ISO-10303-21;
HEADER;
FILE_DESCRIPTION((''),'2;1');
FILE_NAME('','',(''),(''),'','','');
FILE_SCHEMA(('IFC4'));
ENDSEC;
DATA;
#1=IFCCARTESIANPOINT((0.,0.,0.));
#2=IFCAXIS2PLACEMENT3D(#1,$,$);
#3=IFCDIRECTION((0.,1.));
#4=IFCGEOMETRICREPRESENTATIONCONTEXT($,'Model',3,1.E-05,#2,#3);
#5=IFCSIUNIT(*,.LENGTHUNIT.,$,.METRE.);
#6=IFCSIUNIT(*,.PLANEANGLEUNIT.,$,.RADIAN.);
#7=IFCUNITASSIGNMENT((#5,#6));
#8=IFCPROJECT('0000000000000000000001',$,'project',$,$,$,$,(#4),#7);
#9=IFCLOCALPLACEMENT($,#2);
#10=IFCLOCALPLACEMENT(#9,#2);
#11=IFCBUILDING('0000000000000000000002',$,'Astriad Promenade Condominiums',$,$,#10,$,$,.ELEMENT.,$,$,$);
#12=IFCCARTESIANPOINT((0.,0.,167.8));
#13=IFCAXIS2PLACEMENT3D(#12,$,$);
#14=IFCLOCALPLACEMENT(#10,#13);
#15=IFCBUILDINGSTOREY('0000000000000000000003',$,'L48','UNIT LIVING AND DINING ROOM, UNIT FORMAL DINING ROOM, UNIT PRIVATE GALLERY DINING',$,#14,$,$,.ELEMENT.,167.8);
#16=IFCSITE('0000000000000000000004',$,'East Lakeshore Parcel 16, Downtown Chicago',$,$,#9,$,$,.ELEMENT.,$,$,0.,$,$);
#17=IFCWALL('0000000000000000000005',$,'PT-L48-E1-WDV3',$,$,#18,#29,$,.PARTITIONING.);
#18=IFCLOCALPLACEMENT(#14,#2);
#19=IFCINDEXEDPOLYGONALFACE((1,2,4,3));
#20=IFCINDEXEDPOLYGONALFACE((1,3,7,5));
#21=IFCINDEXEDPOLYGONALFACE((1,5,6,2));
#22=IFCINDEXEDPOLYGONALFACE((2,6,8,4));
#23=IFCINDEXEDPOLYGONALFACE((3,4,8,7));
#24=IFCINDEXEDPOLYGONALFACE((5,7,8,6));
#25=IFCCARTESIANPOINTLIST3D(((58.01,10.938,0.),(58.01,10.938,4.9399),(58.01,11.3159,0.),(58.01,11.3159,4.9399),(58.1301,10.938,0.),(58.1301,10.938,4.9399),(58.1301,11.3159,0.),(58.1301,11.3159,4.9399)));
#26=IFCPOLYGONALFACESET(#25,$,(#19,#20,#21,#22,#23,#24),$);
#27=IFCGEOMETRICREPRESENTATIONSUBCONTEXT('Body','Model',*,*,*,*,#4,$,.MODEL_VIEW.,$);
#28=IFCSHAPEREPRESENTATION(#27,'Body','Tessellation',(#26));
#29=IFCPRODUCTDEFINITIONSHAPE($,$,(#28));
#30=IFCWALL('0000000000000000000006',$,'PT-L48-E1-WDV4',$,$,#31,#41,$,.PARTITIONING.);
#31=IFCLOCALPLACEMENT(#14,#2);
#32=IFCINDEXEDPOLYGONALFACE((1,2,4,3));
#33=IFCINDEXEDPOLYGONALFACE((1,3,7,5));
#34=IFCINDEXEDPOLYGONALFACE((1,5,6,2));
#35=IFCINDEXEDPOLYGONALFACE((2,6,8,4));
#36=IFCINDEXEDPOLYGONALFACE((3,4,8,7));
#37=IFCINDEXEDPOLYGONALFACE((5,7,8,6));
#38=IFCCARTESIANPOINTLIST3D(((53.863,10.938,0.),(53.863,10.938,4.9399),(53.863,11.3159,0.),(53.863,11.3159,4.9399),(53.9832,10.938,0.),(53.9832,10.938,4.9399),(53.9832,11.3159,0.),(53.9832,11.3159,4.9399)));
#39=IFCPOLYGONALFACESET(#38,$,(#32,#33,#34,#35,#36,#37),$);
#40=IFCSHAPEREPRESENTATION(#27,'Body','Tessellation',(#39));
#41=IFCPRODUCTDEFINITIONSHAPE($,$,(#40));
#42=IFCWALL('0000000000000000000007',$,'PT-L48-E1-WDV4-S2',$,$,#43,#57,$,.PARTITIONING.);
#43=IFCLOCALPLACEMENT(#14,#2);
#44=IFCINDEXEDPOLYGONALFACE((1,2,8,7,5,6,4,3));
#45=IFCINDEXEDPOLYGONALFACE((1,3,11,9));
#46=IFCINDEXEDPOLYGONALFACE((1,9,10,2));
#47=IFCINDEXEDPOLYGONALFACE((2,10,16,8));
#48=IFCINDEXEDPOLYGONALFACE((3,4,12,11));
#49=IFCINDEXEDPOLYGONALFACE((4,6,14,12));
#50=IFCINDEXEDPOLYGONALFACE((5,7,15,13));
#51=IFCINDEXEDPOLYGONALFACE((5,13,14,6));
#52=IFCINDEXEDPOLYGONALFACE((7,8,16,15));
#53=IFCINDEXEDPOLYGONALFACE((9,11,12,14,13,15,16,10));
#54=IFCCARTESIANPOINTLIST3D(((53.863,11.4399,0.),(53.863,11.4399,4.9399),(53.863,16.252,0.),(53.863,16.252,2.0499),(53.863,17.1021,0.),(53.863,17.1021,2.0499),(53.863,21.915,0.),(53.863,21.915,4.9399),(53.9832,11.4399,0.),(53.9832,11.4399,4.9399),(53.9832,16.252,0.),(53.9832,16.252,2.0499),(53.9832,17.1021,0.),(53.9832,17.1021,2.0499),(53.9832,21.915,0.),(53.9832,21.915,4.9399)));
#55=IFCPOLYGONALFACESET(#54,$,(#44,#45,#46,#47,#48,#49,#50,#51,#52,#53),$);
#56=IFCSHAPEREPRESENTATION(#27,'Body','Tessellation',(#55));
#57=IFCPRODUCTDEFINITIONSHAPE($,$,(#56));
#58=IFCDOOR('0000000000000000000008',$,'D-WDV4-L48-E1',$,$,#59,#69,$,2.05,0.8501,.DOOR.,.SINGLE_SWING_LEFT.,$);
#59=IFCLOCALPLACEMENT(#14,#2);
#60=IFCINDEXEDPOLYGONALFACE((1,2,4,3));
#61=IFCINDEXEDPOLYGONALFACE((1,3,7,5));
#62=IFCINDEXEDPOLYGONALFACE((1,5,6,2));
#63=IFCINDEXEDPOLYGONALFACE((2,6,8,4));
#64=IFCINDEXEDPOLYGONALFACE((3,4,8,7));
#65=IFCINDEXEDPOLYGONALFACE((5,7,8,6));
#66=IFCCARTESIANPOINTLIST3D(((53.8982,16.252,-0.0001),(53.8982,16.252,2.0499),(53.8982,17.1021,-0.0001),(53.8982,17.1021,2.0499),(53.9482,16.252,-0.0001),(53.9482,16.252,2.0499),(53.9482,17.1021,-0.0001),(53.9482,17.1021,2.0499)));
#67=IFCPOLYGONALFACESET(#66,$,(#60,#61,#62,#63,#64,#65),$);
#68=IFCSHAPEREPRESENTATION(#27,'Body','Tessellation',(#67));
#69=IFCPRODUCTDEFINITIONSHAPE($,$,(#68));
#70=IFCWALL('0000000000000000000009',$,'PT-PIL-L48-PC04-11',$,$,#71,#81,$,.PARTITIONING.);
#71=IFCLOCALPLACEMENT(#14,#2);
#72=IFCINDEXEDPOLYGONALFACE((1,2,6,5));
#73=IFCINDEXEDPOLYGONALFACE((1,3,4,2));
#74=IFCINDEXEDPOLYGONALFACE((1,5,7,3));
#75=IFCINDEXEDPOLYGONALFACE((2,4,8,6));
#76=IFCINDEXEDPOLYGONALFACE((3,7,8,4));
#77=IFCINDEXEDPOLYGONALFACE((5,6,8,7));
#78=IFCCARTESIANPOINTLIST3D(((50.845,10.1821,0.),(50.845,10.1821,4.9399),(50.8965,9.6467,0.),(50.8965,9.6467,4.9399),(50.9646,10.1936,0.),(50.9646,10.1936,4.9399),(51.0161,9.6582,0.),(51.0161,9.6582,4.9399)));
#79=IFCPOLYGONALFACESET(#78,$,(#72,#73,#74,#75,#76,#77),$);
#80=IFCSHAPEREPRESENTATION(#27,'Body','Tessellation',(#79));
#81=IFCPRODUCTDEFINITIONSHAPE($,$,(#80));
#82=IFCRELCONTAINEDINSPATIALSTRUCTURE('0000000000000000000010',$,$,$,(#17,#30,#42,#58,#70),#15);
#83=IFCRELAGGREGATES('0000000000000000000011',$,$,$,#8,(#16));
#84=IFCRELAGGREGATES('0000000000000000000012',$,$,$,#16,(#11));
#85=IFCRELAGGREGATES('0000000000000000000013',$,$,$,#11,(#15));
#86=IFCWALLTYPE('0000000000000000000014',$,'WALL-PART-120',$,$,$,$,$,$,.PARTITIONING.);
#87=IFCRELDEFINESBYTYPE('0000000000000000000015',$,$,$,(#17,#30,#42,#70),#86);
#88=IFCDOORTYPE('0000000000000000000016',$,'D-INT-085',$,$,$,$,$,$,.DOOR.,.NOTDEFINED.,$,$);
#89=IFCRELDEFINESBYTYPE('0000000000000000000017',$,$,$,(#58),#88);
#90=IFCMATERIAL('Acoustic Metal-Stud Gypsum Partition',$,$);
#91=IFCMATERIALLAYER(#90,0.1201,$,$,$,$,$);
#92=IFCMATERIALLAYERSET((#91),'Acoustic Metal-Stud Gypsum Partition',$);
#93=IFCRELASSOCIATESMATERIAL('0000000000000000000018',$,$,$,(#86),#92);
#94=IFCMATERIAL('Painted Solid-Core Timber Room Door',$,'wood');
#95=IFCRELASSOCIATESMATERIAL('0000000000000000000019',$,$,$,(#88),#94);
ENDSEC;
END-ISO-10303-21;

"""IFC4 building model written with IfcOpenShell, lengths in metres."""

from ifc_helpers import new_model, si_unit, direction, frame, frame_2d, origin, place, context, subcontext, project, spatial, rectangle, extrude, source, transform, mapped, material, layer, layer_set, type_object, type_shapes, element, fill, save


model = new_model("IFC4")

# Units and contexts
model_context = context("Model", 3, precision=1e-05, world=origin(), true_north=direction((0.0, 1.0)))
body_context = subcontext(model_context, "Body", "Model", "MODEL_VIEW")
ifc_project = project(units=[si_unit("LENGTHUNIT", "METRE"), si_unit("PLANEANGLEUNIT", "RADIAN")], contexts=[model_context])

# Site, building, storey
site_placement = place(None, origin())
site = spatial("IfcSite", under=ifc_project, at=site_placement, Name="East Lakeshore Parcel 16, Downtown Chicago", CompositionType="ELEMENT", RefElevation=0.0)
building_placement = place(site_placement, origin())
building = spatial("IfcBuilding", under=site, at=building_placement, Name="Astriad Promenade Condominiums", CompositionType="ELEMENT")
storey_placement = place(building_placement, frame((0.0, 0.0, 167.8)))
storey = spatial("IfcBuildingStorey", under=building, at=storey_placement, Name="L48", Description="UNIT LIVING AND DINING ROOM, UNIT FORMAL DINING ROOM, UNIT PRIVATE GALLERY DINING", CompositionType="ELEMENT", Elevation=167.8)

# Walls
ifc_material_1 = material(Name="Acoustic Metal-Stud Gypsum Partition")
ifc_layer_1 = layer(ifc_material_1, 0.1201)
ifc_layer_set_1 = layer_set([ifc_layer_1], Name="Acoustic Metal-Stud Gypsum Partition")
wall_type_1 = type_object("IfcWallType", Name="WALL-PART-120", PredefinedType="PARTITIONING", material=ifc_layer_set_1)
for number, where, z_axis, x_axis, name in (
    (1, (58.0701, 10.938, 0.0), (0.0, 0.0, 1.0), (0.0, 1.0, 0.0), "PT-L48-E1-WDV3"),
    (2, (53.9231, 10.938, 0.0), (0.0, 0.0, 1.0), (0.0, 1.0, 0.0), "PT-L48-E1-WDV4"),
):
    element("IfcWall", number, at=place(storey_placement, frame(where, z_axis=z_axis, x_axis=x_axis)), inside=storey, type_object=wall_type_1, Name=name, PredefinedType="PARTITIONING", context=body_context, shape_type="SweptSolid", body=[
        extrude(rectangle(XDim=0.3779, YDim=0.1201, at=frame_2d((0.189, 0.0))), origin(), (0.0, 0.0, 1.0), 4.9399),
    ])

# Wall, opening, door
wall_1_placement = place(storey_placement, frame((53.9231, 11.4399, 0.0), z_axis=(0.0, 0.0, 1.0), x_axis=(0.0, 1.0, 0.0)))
wall_1 = element("IfcWall", 3, at=wall_1_placement, inside=storey, type_object=wall_type_1, Name="PT-L48-E1-WDV4-S2", PredefinedType="PARTITIONING", context=body_context, shape_type="SweptSolid", body=[
    extrude(rectangle(XDim=10.4751, YDim=0.1201, at=frame_2d((5.2375, 0.0))), origin(), (0.0, 0.0, 1.0), 4.9399),
])
opening_placement = place(wall_1_placement, frame((4.812, 0.0, 0.0)))
opening = element("IfcOpeningElement", 4, at=opening_placement, cuts=wall_1, PredefinedType="OPENING", context=body_context, shape_type="SweptSolid", body=[
    extrude(rectangle(XDim=0.8501, YDim=2.05, at=frame_2d((0.425, 1.0249))), frame((0.0, 0.0701, 0.0), z_axis=(0.0, -1.0, 0.0), x_axis=(1.0, 0.0, 0.0)), (0.0, 0.0, 1.0), 0.1401),
])
ifc_material_2 = material(Name="Painted Solid-Core Timber Room Door", Category="wood")
door_type = type_object("IfcDoorType", Name="D-INT-085", OperationType="NOTDEFINED", PredefinedType="DOOR", material=ifc_material_2)
shared_shape_1 = source(origin(), body_context, "Body", "SweptSolid", [
    extrude(rectangle(XDim=0.8501, YDim=2.05, at=frame_2d((0.425, 1.0249))), frame((0.0, 0.0249, 0.0), z_axis=(0.0, -1.0, 0.0), x_axis=(1.0, 0.0, 0.0)), (0.0, 0.0, 1.0), 0.05),
])
type_shapes(door_type, [shared_shape_1])
door_placement = place(opening_placement, origin())
door = element("IfcDoor", 5, at=door_placement, inside=storey, type_object=door_type, Name="D-WDV4-L48-E1", OperationType="SINGLE_SWING_LEFT", OverallHeight=2.05, OverallWidth=0.8501, PredefinedType="DOOR", context=body_context, shape_type="MappedRepresentation", body=[
    mapped(shared_shape_1, transform((0.0, 0.0, 0.0), scale=1.0)),
])
fill(opening, door)

# Wall
wall_2_placement = place(storey_placement, frame((50.9048, 10.188, 0.0), z_axis=(0.0, 0.0, 1.0), x_axis=(0.095773, -0.995403, 0.0)))
element("IfcWall", 6, at=wall_2_placement, inside=storey, type_object=wall_type_1, Name="PT-PIL-L48-PC04-11", PredefinedType="PARTITIONING", context=body_context, shape_type="SweptSolid", body=[
    extrude(rectangle(XDim=0.5378, YDim=0.1201, at=frame_2d((0.269, 0.0))), origin(), (0.0, 0.0, 1.0), 4.9399),
])

save(model, "model.ifc")
